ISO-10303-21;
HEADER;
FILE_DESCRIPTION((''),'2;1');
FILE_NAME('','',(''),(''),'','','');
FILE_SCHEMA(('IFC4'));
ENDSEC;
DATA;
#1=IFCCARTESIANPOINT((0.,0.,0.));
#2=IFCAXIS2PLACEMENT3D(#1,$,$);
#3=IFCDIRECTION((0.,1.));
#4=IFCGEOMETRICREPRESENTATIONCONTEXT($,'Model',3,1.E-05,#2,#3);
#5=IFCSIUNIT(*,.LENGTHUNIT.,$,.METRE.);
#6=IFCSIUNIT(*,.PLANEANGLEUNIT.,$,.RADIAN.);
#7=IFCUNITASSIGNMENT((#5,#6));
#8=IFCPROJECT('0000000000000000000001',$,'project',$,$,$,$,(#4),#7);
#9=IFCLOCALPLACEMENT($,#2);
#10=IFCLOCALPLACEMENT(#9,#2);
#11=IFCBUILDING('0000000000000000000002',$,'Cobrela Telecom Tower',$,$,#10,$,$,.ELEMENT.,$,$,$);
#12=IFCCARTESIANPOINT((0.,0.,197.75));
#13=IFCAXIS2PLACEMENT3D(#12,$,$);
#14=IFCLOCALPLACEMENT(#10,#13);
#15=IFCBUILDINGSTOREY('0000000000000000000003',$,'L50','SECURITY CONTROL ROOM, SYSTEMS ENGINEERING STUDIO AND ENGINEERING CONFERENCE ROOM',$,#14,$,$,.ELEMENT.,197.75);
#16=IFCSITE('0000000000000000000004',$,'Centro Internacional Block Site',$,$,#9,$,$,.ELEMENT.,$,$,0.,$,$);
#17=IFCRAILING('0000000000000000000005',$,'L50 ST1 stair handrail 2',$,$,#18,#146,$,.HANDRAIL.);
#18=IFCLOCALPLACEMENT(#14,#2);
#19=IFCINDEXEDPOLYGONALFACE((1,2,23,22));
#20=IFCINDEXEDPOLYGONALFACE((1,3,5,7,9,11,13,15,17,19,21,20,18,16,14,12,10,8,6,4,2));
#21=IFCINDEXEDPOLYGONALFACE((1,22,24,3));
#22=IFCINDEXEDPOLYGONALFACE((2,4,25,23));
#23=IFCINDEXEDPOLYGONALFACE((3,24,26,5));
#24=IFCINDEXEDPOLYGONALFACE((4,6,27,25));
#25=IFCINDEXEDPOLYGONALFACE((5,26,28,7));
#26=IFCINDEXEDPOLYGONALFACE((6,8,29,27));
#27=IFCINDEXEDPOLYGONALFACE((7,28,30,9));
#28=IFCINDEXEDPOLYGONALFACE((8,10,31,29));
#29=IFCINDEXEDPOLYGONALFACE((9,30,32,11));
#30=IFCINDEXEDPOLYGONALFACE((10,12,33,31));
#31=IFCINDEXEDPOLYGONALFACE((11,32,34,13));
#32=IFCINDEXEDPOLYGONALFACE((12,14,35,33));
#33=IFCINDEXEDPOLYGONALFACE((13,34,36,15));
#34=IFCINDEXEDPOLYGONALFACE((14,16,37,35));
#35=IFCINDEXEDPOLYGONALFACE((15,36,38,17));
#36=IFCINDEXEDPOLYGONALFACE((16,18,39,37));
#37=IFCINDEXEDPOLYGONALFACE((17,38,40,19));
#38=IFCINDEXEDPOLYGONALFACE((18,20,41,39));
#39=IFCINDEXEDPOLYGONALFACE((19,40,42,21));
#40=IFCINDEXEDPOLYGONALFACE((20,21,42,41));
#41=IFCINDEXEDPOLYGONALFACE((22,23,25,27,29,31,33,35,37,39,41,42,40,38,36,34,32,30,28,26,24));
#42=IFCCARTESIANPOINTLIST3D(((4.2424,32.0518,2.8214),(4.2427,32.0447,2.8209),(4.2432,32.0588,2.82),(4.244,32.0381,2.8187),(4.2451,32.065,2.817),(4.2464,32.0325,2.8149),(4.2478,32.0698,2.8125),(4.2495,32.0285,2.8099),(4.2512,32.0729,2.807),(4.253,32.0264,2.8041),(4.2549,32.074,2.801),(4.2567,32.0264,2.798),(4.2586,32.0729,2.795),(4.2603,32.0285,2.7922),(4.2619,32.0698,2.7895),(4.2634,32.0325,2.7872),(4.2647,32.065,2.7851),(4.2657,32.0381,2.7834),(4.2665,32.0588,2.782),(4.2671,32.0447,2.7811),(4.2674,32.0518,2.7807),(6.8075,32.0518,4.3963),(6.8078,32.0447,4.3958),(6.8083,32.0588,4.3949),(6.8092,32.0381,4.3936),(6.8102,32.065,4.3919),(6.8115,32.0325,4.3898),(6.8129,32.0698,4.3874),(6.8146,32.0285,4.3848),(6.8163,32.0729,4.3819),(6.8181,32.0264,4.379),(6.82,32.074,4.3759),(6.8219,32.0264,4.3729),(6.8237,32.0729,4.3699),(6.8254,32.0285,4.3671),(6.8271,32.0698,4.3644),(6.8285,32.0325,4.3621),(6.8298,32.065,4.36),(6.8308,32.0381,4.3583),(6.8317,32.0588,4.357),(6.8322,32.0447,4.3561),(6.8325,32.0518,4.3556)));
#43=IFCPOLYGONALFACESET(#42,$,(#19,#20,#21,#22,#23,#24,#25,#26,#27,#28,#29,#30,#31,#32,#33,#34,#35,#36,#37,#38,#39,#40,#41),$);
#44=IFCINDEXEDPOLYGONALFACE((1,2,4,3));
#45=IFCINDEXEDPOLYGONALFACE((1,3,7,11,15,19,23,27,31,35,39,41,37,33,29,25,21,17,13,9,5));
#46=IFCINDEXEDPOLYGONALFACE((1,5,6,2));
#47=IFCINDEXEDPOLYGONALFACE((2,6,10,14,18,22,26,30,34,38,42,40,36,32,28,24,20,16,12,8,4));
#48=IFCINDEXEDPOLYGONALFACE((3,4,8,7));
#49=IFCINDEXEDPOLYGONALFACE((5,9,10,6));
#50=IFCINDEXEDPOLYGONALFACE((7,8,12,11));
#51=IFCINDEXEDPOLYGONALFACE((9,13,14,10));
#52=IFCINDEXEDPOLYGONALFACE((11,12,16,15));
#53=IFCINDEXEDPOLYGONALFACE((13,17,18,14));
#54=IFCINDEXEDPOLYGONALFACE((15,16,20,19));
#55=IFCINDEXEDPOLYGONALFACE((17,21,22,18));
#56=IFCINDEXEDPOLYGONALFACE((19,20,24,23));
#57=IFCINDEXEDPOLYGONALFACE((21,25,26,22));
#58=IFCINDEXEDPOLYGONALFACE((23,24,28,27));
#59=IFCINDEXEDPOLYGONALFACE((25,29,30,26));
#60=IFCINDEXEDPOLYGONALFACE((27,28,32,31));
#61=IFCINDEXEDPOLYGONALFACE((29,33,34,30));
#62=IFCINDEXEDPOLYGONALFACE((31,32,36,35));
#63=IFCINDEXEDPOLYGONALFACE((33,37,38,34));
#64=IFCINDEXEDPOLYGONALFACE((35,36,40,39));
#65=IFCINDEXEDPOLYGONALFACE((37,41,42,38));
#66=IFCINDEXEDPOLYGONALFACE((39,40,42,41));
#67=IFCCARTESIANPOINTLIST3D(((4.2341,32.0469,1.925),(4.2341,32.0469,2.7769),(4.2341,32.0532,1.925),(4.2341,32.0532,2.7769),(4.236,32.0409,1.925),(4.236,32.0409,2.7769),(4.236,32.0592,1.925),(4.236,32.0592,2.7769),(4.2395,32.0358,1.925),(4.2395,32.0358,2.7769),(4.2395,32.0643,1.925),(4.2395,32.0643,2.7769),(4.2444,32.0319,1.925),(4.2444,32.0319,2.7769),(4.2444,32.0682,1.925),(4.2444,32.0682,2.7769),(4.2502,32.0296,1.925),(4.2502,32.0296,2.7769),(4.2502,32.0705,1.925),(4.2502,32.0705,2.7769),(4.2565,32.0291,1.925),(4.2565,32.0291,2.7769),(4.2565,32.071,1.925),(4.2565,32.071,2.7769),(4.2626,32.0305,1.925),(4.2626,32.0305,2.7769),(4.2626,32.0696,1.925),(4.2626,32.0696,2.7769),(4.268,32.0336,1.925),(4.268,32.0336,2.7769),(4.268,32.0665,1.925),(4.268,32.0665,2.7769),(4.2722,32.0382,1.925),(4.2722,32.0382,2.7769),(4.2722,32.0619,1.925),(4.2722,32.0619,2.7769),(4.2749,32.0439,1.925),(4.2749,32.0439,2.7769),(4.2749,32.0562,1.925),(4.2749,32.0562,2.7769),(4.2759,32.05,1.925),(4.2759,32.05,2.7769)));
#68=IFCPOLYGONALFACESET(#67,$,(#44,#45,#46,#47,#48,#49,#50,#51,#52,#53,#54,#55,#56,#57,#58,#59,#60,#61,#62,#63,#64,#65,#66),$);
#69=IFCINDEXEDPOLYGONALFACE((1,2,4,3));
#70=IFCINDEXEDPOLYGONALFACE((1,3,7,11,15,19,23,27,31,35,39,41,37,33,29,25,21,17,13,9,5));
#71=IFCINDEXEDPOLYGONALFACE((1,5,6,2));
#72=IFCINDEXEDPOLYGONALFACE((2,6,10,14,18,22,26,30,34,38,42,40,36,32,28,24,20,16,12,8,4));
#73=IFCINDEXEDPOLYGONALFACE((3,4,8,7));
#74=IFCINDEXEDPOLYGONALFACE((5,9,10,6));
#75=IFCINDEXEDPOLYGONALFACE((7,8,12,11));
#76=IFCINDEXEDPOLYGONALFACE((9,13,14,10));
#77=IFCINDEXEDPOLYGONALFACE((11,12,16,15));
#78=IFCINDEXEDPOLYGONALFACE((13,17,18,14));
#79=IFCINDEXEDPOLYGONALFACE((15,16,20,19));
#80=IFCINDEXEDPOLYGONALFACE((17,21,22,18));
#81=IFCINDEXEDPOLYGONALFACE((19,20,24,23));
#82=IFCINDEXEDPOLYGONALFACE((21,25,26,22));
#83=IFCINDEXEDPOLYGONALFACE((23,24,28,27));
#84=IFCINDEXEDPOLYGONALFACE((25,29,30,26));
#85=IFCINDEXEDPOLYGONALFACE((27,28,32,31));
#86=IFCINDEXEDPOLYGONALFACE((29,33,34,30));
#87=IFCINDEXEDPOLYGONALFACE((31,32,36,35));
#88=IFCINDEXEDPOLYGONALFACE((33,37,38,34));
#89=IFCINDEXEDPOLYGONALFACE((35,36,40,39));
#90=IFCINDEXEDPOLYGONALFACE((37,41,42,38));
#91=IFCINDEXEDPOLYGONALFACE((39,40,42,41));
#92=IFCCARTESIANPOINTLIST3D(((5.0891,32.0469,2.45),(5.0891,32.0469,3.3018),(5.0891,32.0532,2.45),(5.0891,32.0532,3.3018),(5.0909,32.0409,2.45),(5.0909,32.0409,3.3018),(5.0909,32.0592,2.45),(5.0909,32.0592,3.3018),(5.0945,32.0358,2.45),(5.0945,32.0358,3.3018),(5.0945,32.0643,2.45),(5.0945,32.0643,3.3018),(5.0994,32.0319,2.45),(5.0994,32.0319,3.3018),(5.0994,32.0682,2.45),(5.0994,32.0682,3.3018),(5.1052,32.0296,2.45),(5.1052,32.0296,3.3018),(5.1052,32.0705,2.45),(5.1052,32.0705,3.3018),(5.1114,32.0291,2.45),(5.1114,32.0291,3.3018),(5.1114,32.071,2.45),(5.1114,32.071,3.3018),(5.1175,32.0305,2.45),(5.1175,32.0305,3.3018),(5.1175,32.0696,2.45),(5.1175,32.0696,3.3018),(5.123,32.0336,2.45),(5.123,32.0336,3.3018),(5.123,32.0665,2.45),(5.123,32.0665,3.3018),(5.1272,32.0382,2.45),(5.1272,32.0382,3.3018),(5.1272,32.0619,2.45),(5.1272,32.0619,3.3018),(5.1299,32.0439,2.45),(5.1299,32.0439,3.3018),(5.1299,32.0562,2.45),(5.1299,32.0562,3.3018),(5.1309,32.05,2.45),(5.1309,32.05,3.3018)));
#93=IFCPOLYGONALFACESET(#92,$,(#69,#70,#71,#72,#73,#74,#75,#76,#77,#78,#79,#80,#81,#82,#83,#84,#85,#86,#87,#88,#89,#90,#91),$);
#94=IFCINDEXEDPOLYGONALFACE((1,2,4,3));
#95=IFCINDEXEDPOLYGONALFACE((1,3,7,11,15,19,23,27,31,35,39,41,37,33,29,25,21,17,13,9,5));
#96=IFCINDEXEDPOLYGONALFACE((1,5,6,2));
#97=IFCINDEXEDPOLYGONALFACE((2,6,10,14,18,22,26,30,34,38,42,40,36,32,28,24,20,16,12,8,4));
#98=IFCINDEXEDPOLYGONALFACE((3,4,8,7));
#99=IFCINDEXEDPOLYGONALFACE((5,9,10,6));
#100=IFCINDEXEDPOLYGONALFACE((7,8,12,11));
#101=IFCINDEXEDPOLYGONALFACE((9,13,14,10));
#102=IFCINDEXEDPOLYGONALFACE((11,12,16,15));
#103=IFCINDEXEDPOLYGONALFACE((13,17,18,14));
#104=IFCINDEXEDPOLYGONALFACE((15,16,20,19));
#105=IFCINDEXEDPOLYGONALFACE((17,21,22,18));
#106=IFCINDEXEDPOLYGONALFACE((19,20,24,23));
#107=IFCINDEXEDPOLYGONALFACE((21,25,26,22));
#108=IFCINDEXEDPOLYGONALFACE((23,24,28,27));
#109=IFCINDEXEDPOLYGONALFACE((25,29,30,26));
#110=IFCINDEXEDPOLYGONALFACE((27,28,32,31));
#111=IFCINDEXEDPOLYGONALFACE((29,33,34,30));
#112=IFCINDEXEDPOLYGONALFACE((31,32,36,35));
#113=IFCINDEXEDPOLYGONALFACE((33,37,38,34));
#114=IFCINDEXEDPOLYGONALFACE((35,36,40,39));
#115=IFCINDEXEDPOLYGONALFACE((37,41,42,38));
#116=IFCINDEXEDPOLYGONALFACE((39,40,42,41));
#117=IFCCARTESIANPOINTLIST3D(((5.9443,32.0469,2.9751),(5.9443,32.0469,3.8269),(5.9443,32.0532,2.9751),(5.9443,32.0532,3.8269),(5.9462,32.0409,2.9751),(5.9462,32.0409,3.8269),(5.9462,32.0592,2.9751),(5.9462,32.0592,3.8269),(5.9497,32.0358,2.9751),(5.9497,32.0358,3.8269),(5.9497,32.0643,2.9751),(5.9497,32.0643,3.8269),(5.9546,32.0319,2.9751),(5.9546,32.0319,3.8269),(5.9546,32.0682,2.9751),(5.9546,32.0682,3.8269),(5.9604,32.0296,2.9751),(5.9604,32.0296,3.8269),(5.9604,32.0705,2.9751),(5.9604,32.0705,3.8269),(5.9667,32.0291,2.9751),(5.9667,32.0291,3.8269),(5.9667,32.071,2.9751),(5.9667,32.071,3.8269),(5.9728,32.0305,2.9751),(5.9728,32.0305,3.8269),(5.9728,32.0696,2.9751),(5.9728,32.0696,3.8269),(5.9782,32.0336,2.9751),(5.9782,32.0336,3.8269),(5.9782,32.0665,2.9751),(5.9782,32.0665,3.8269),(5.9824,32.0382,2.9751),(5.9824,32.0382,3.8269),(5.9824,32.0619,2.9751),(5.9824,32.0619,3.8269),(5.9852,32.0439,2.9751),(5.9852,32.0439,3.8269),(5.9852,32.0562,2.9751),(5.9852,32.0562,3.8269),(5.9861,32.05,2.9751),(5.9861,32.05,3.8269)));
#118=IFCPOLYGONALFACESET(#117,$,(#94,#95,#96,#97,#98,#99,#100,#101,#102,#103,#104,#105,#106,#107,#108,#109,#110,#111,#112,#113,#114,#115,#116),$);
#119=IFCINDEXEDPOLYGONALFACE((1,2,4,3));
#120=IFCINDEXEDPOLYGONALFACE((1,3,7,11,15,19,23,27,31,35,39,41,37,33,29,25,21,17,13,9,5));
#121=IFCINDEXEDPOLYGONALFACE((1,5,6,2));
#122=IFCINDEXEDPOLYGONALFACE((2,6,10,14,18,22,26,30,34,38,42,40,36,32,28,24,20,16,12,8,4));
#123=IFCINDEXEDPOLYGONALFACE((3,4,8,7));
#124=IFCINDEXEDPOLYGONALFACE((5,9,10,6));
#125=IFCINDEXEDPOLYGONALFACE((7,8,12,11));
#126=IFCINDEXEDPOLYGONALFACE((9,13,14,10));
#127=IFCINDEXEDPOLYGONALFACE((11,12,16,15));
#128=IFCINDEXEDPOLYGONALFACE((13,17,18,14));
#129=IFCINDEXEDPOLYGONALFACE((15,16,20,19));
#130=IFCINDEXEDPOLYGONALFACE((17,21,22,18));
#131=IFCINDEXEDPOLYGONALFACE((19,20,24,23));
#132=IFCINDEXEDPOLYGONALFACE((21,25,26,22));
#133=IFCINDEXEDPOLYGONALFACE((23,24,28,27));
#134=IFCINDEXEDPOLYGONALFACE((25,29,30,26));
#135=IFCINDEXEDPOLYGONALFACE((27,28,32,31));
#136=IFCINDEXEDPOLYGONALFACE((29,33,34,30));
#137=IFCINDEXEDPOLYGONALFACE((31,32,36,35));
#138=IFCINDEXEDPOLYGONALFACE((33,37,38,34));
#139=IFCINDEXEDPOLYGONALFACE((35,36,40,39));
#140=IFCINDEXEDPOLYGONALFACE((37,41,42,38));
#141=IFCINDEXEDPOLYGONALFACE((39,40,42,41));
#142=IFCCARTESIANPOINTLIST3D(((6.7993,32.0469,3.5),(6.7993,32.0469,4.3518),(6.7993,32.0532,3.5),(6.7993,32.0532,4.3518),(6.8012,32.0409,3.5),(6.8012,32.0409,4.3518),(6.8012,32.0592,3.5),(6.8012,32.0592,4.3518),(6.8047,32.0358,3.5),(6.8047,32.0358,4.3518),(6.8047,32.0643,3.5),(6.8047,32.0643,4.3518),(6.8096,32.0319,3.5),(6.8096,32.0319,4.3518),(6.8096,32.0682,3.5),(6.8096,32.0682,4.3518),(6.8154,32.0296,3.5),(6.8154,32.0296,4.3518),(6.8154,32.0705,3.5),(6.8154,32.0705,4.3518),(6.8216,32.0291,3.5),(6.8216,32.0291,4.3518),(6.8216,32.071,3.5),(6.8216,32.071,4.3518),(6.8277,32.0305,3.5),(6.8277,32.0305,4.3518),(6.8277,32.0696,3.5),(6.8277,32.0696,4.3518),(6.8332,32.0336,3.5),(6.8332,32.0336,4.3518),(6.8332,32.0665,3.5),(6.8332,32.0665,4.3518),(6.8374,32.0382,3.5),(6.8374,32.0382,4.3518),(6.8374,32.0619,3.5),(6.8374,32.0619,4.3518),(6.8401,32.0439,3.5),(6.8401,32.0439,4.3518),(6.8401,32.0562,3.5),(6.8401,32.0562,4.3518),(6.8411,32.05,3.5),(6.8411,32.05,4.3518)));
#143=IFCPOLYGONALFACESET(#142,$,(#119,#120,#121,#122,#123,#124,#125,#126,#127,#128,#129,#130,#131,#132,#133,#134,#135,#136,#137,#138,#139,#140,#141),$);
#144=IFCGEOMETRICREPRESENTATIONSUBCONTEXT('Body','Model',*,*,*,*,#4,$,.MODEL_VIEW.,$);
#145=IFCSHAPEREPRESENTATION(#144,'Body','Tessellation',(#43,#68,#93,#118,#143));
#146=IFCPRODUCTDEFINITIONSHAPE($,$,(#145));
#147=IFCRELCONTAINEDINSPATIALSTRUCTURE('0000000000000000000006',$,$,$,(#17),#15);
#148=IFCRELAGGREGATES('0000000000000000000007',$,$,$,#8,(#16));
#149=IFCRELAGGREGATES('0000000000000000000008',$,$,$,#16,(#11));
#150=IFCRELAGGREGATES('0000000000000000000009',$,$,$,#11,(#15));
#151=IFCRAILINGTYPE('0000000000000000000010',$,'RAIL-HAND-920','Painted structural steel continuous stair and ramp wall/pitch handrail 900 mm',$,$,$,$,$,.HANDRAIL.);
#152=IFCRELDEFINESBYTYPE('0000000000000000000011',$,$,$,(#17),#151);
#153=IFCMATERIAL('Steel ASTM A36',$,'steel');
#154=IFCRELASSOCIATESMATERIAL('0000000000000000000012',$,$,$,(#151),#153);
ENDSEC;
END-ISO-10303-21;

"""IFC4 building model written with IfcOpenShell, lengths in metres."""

from ifc_helpers import new_model, si_unit, direction, frame, origin, origin_2d, place, context, subcontext, project, spatial, circle, extrude, material, type_object, element, save


model = new_model("IFC4")

# Units and contexts
model_context = context("Model", 3, precision=1e-05, world=origin(), true_north=direction((0.0, 1.0)))
body_context = subcontext(model_context, "Body", "Model", "MODEL_VIEW")
ifc_project = project(units=[si_unit("LENGTHUNIT", "METRE"), si_unit("PLANEANGLEUNIT", "RADIAN")], contexts=[model_context])

# Site, building, storey
site_placement = place(None, origin())
site = spatial("IfcSite", under=ifc_project, at=site_placement, Name="Centro Internacional Block Site", CompositionType="ELEMENT", RefElevation=0.0)
building_placement = place(site_placement, origin())
building = spatial("IfcBuilding", under=site, at=building_placement, Name="Cobrela Telecom Tower", CompositionType="ELEMENT")
storey_placement = place(building_placement, frame((0.0, 0.0, 197.75)))
storey = spatial("IfcBuildingStorey", under=building, at=storey_placement, Name="L50", Description="SECURITY CONTROL ROOM, SYSTEMS ENGINEERING STUDIO AND ENGINEERING CONFERENCE ROOM", CompositionType="ELEMENT", Elevation=197.75)

# Shared definitions
ifc_material_1 = material(Name="Steel ASTM A36", Category="steel")

# Railing
railing_type_1 = type_object("IfcRailingType", Name="RAIL-HAND-920", Description="Painted structural steel continuous stair and ramp wall/pitch handrail 900 mm", PredefinedType="HANDRAIL", material=ifc_material_1)
railing_1_placement = place(storey_placement, frame((4.2549, 32.05, 1.925)))
element("IfcRailing", 1, at=railing_1_placement, inside=storey, type_object=railing_type_1, Name="L50 ST1 stair handrail 2", PredefinedType="HANDRAIL", context=body_context, shape_type="SweptSolid", body=[
    extrude(circle(Radius=0.0239, at=origin_2d()), frame((0.0, 0.0, 0.876), z_axis=(0.852195, 0.0, 0.523224), x_axis=(0.0, 1.0, 0.0)), (0.0, 0.0, 1.0), 3.01),
    extrude(circle(Radius=0.021, at=origin_2d()), origin(), (0.0, 0.0, 1.0), 0.8518),
    extrude(circle(Radius=0.021, at=origin_2d()), frame((0.855, 0.0, 0.5249)), (0.0, 0.0, 1.0), 0.8518),
    extrude(circle(Radius=0.021, at=origin_2d()), frame((1.7102, 0.0, 1.05)), (0.0, 0.0, 1.0), 0.8518),
    extrude(circle(Radius=0.021, at=origin_2d()), frame((2.5652, 0.0, 1.575)), (0.0, 0.0, 1.0), 0.8518),
])

save(model, "model.ifc")
